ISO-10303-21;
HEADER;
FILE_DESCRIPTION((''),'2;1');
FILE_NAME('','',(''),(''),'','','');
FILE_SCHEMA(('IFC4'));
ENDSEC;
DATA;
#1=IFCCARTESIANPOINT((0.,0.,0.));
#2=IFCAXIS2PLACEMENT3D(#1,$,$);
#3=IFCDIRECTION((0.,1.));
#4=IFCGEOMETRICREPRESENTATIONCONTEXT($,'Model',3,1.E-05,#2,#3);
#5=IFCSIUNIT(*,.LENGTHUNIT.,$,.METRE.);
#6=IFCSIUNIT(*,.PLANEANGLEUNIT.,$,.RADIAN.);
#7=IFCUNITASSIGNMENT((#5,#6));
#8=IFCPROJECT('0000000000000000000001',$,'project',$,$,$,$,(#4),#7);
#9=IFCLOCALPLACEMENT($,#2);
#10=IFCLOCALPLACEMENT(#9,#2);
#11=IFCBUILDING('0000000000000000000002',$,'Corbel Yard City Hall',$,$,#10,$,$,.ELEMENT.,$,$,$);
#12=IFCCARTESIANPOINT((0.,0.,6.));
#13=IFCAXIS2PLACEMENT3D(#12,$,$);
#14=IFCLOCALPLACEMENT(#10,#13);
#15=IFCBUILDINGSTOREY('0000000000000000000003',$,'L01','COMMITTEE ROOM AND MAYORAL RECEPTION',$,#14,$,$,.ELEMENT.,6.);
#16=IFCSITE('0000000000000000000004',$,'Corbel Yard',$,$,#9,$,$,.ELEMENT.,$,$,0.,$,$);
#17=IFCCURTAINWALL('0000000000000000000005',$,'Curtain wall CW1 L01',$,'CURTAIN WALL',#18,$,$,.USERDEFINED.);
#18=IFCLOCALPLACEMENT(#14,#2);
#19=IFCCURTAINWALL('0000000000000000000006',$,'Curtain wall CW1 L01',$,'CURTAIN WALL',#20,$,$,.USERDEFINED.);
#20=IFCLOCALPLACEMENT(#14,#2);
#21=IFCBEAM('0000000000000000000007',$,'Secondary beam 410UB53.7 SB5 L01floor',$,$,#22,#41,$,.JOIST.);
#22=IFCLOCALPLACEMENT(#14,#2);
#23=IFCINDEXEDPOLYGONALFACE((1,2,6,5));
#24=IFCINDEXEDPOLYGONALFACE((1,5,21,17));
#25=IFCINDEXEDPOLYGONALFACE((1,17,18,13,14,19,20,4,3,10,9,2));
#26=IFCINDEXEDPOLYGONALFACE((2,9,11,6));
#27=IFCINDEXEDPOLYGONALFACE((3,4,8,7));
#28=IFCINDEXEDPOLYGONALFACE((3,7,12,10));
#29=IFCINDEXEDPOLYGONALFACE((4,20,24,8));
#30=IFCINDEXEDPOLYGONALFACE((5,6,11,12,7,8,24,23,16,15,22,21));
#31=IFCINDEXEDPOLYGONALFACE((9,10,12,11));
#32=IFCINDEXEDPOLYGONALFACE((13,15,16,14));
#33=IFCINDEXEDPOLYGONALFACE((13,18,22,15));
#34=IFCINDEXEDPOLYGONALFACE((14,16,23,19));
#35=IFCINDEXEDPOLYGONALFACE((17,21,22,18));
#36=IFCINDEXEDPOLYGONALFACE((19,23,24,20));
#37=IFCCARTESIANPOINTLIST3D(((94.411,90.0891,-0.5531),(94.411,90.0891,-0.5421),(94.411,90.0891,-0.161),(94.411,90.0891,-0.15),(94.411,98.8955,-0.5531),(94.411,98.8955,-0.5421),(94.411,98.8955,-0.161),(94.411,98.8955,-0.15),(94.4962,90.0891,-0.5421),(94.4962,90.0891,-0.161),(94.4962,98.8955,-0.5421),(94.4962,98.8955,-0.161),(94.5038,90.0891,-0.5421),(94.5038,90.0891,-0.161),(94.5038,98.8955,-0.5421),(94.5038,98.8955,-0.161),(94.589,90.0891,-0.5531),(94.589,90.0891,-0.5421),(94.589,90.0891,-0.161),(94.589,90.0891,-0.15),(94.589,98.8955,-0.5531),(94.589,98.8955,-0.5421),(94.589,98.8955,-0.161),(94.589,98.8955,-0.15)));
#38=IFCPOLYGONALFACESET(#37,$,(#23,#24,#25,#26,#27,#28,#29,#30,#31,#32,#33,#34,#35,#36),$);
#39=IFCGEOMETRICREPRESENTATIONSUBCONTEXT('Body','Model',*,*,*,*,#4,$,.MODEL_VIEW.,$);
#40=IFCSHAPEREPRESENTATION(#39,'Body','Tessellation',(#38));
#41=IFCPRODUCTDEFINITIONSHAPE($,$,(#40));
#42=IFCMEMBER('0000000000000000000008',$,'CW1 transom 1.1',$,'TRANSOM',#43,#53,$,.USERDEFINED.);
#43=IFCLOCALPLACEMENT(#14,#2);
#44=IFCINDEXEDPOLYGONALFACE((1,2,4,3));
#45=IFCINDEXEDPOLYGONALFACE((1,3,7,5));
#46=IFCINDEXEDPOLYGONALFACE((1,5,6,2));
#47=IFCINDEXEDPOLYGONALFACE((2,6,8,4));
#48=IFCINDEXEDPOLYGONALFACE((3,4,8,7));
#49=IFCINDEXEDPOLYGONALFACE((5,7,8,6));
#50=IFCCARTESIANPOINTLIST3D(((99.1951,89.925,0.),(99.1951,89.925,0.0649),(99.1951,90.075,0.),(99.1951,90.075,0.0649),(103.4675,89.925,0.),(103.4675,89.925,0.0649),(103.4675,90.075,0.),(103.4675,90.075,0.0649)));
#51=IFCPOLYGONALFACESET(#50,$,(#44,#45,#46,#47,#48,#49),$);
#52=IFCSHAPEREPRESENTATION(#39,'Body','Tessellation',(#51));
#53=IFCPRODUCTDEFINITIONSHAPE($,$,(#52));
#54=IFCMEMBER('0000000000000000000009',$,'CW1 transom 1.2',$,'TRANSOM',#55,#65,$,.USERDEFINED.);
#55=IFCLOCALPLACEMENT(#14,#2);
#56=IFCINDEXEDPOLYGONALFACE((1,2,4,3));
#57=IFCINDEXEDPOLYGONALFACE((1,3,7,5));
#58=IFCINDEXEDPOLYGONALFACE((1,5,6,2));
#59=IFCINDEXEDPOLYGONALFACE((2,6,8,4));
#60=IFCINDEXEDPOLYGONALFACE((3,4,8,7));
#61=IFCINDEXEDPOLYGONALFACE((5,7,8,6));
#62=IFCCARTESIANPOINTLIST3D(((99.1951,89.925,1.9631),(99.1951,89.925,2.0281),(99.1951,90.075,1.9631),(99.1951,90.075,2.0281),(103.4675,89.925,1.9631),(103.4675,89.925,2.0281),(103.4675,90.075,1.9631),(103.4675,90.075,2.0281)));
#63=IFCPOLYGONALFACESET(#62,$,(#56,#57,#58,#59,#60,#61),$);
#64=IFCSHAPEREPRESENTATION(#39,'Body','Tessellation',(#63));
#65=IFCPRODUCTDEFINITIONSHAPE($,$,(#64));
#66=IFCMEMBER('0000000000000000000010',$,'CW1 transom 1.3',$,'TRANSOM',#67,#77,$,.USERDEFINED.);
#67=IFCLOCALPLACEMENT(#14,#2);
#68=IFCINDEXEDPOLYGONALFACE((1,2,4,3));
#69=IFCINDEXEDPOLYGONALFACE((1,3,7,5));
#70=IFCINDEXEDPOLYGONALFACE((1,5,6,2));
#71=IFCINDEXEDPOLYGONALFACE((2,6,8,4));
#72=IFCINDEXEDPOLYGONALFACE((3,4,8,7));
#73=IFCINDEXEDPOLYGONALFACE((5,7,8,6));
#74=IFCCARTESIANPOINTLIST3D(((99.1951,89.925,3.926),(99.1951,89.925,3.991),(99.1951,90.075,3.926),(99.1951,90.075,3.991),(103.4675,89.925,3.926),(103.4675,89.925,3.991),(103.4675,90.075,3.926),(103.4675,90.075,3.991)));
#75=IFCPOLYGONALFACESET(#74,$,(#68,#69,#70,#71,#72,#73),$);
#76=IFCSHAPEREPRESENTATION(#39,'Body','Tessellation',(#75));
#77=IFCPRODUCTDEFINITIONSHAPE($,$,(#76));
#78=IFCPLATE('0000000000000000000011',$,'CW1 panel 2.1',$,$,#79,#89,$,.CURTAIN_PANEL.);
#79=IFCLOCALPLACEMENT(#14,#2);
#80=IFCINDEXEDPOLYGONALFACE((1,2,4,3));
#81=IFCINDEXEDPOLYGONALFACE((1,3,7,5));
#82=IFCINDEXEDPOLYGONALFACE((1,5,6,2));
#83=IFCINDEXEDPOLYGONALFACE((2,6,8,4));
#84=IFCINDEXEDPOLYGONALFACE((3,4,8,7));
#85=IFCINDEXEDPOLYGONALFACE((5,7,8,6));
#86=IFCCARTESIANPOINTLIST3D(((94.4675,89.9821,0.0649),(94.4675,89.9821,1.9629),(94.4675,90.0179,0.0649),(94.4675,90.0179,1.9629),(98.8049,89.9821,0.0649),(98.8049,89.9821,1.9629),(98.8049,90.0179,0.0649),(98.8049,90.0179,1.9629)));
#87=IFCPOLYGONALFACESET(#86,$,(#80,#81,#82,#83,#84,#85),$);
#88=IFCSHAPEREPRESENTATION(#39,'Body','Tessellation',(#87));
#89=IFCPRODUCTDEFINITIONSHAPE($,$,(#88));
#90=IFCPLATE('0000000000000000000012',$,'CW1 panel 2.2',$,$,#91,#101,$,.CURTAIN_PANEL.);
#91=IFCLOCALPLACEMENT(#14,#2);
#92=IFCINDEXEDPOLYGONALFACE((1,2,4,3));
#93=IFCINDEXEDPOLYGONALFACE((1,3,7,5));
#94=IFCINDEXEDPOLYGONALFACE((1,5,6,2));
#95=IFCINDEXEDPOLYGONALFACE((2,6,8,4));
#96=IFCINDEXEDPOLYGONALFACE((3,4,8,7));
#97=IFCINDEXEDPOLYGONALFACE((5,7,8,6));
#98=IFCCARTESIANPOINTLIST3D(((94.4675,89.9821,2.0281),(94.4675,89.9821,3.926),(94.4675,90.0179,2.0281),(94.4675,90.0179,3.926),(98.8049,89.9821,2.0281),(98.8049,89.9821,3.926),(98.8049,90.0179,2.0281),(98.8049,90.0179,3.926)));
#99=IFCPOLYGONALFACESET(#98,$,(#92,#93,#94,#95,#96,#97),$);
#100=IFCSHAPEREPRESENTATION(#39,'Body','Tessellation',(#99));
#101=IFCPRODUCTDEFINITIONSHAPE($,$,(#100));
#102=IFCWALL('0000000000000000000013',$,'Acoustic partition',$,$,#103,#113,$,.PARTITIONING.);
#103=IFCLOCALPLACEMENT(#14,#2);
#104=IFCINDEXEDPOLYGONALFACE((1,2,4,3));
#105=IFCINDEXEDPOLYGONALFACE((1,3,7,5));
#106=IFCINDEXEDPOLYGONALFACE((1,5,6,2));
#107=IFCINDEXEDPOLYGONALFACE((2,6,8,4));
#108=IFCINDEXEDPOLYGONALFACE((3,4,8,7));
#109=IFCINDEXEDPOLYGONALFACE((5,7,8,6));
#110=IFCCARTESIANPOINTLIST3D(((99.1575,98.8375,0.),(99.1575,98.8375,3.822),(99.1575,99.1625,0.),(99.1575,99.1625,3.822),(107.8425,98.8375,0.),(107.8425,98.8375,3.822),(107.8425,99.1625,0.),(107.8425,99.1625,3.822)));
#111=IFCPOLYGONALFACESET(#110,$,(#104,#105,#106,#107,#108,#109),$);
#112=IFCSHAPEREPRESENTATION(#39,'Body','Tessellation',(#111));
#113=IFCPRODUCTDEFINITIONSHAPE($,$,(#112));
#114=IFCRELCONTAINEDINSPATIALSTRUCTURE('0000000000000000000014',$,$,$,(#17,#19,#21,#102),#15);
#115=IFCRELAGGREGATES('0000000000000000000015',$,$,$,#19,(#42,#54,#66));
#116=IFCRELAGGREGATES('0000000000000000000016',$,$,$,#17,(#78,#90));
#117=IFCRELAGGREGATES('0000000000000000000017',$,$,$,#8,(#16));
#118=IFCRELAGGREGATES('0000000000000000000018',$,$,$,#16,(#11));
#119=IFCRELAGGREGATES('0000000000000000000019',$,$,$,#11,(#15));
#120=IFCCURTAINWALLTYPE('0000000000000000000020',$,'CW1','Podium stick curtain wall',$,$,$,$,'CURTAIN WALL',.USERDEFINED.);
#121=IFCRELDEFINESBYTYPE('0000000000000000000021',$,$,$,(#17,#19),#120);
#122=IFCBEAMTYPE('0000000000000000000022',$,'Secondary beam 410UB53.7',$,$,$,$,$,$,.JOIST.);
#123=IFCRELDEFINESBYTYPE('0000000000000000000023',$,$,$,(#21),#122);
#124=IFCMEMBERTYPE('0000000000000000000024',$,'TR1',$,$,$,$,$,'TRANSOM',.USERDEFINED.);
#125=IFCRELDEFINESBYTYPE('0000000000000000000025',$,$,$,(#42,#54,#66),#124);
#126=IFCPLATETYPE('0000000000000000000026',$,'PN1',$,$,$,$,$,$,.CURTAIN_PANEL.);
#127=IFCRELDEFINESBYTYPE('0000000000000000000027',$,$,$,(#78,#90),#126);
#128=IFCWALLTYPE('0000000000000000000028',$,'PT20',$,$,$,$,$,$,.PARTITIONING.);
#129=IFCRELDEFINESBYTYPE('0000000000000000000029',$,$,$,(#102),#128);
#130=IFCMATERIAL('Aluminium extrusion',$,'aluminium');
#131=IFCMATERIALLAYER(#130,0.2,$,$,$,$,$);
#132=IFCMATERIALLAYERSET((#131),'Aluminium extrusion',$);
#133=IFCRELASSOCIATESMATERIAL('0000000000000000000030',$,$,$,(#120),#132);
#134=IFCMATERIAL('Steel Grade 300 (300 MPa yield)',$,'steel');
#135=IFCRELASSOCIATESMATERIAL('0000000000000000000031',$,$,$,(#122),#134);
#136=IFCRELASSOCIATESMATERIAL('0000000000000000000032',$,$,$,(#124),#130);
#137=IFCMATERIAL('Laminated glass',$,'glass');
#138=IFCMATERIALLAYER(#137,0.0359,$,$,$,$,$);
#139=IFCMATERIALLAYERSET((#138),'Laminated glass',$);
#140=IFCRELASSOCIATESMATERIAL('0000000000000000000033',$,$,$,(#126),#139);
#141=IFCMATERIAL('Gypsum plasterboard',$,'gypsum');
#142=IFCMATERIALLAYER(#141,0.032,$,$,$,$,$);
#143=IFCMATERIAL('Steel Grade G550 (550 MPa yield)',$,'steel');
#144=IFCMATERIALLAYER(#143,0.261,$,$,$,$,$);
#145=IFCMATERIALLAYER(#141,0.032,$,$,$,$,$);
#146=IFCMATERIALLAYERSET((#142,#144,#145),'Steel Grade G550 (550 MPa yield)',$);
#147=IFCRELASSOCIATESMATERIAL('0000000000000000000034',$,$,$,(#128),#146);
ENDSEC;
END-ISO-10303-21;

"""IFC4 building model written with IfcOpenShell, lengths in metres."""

from ifc_helpers import new_model, si_unit, direction, frame, frame_2d, origin, origin_2d, place, context, subcontext, project, spatial, rectangle, i_section, extrude, material, layer, layer_set, material_profile, profile_set, type_object, element, aggregate, save


model = new_model("IFC4")

# Units and contexts
model_context = context("Model", 3, precision=1e-05, world=origin(), true_north=direction((0.0, 1.0)))
body_context = subcontext(model_context, "Body", "Model", "MODEL_VIEW")
ifc_project = project(units=[si_unit("LENGTHUNIT", "METRE"), si_unit("PLANEANGLEUNIT", "RADIAN")], contexts=[model_context])

# Site, building, storey
site_placement = place(None, origin())
site = spatial("IfcSite", under=ifc_project, at=site_placement, Name="Corbel Yard", CompositionType="ELEMENT", RefElevation=0.0)
building_placement = place(site_placement, origin())
building = spatial("IfcBuilding", under=site, at=building_placement, Name="Corbel Yard City Hall", CompositionType="ELEMENT")
storey_placement = place(building_placement, frame((0.0, 0.0, 6.0)))
storey = spatial("IfcBuildingStorey", under=building, at=storey_placement, Name="L01", Description="COMMITTEE ROOM AND MAYORAL RECEPTION", CompositionType="ELEMENT", Elevation=6.0)

# Shared definitions
ifc_material_1 = material(Name="Steel Grade 300 (300 MPa yield)", Category="steel")

# Curtain walls
ifc_material_2 = material(Name="Aluminium extrusion", Category="aluminium")
ifc_layer_1 = layer(ifc_material_2, 0.2)
ifc_layer_set_1 = layer_set([ifc_layer_1], Name="Aluminium extrusion")
curtain_wall_type = type_object("IfcCurtainWallType", Name="CW1", Description="Podium stick curtain wall", ElementType="CURTAIN WALL", PredefinedType="USERDEFINED", material=ifc_layer_set_1)
curtain_wall_1_placement = place(storey_placement, origin())
curtain_wall_1 = element("IfcCurtainWall", 1, at=curtain_wall_1_placement, inside=storey, type_object=curtain_wall_type, Name="Curtain wall CW1 L01", ObjectType="CURTAIN WALL", PredefinedType="USERDEFINED")
curtain_wall_2_placement = place(storey_placement, origin())
curtain_wall_2 = element("IfcCurtainWall", 2, at=curtain_wall_2_placement, inside=storey, type_object=curtain_wall_type, Name="Curtain wall CW1 L01", ObjectType="CURTAIN WALL", PredefinedType="USERDEFINED")

# Beam
ifc_material_profile_1 = material_profile(ifc_material_1, i_section(OverallWidth=0.178, OverallDepth=0.4031, WebThickness=0.0076, FlangeThickness=0.011, at=origin_2d()), Name="410UB53.7")
ifc_profile_set_1 = profile_set([ifc_material_profile_1], Name="Steel Grade 300 (300 MPa yield)")
beam_type_1 = type_object("IfcBeamType", Name="Secondary beam 410UB53.7", PredefinedType="JOIST", material=ifc_profile_set_1)
beam_1_placement = place(storey_placement, frame((94.5, 90.0891, -0.3516), z_axis=(0.0, 1.0, 0.0), x_axis=(-1.0, 0.0, 0.0)))
element("IfcBeam", 3, at=beam_1_placement, inside=storey, type_object=beam_type_1, Name="Secondary beam 410UB53.7 SB5 L01floor", PredefinedType="JOIST", context=body_context, shape_type="SweptSolid", body=[
    extrude(i_section(OverallWidth=0.178, OverallDepth=0.4031, WebThickness=0.0076, FlangeThickness=0.011, at=origin_2d()), origin(), (0.0, 0.0, 1.0), 8.8064),
])

# Members
ifc_material_profile_2 = material_profile(ifc_material_2, rectangle(XDim=0.1499, YDim=0.0649, at=origin_2d()), Name="150x65")
ifc_profile_set_2 = profile_set([ifc_material_profile_2], Name="Aluminium extrusion")
member_type_1 = type_object("IfcMemberType", Name="TR1", ElementType="TRANSOM", PredefinedType="USERDEFINED", material=ifc_profile_set_2)
member_1_placement = place(storey_placement, frame((99.1951, 90.0, 0.0325), z_axis=(1.0, 0.0, 0.0), x_axis=(0.0, 1.0, 0.0)))
member_1 = element("IfcMember", 4, at=member_1_placement, type_object=member_type_1, Name="CW1 transom 1.1", ObjectType="TRANSOM", PredefinedType="USERDEFINED", context=body_context, shape_type="SweptSolid", body=[
    extrude(rectangle(XDim=0.1499, YDim=0.0649, at=origin_2d()), origin(), (0.0, 0.0, 1.0), 4.2725),
])
member_2_placement = place(storey_placement, frame((99.1951, 90.0, 1.9956), z_axis=(1.0, 0.0, 0.0), x_axis=(0.0, 1.0, 0.0)))
member_2 = element("IfcMember", 5, at=member_2_placement, type_object=member_type_1, Name="CW1 transom 1.2", ObjectType="TRANSOM", PredefinedType="USERDEFINED", context=body_context, shape_type="SweptSolid", body=[
    extrude(rectangle(XDim=0.1499, YDim=0.0649, at=origin_2d()), origin(), (0.0, 0.0, 1.0), 4.2725),
])
member_3_placement = place(storey_placement, frame((99.1951, 90.0, 3.9585), z_axis=(1.0, 0.0, 0.0), x_axis=(0.0, 1.0, 0.0)))
member_3 = element("IfcMember", 6, at=member_3_placement, type_object=member_type_1, Name="CW1 transom 1.3", ObjectType="TRANSOM", PredefinedType="USERDEFINED", context=body_context, shape_type="SweptSolid", body=[
    extrude(rectangle(XDim=0.1499, YDim=0.0649, at=origin_2d()), origin(), (0.0, 0.0, 1.0), 4.2725),
])
aggregate(curtain_wall_2, [member_1, member_2, member_3])

# Plates
ifc_material_3 = material(Name="Laminated glass", Category="glass")
ifc_layer_2 = layer(ifc_material_3, 0.0359)
ifc_layer_set_2 = layer_set([ifc_layer_2], Name="Laminated glass")
plate_type = type_object("IfcPlateType", Name="PN1", PredefinedType="CURTAIN_PANEL", material=ifc_layer_set_2)
plate_1_placement = place(storey_placement, frame((96.6362, 90.0, 0.0649), z_axis=(0.0, 0.0, 1.0), x_axis=(1.0, 0.0, 0.0)))
plate_1 = element("IfcPlate", 7, at=plate_1_placement, type_object=plate_type, Name="CW1 panel 2.1", PredefinedType="CURTAIN_PANEL", context=body_context, shape_type="SweptSolid", body=[
    extrude(rectangle(XDim=4.3374, YDim=0.0359, at=origin_2d()), origin(), (0.0, 0.0, 1.0), 1.8979),
])
plate_2_placement = place(storey_placement, frame((96.6362, 90.0, 2.0281), z_axis=(0.0, 0.0, 1.0), x_axis=(1.0, 0.0, 0.0)))
plate_2 = element("IfcPlate", 8, at=plate_2_placement, type_object=plate_type, Name="CW1 panel 2.2", PredefinedType="CURTAIN_PANEL", context=body_context, shape_type="SweptSolid", body=[
    extrude(rectangle(XDim=4.3374, YDim=0.0359, at=origin_2d()), origin(), (0.0, 0.0, 1.0), 1.8979),
])
aggregate(curtain_wall_1, [plate_1, plate_2])

# Shared definitions
ifc_material_4 = material(Name="Gypsum plasterboard", Category="gypsum")
ifc_layer_3 = layer(ifc_material_4, 0.032)
ifc_material_5 = material(Name="Steel Grade G550 (550 MPa yield)", Category="steel")
ifc_layer_4 = layer(ifc_material_5, 0.261)
ifc_layer_5 = layer(ifc_material_4, 0.032)
ifc_layer_set_3 = layer_set([ifc_layer_3, ifc_layer_4, ifc_layer_5], Name="Steel Grade G550 (550 MPa yield)")
wall_type = type_object("IfcWallType", Name="PT20", PredefinedType="PARTITIONING", material=ifc_layer_set_3)

# Wall
wall_1_placement = place(storey_placement, frame((99.1575, 99.0, 0.0), z_axis=(0.0, 0.0, 1.0), x_axis=(1.0, 0.0, 0.0)))
element("IfcWall", 9, at=wall_1_placement, inside=storey, type_object=wall_type, Name="Acoustic partition", PredefinedType="PARTITIONING", context=body_context, shape_type="SweptSolid", body=[
    extrude(rectangle(XDim=8.6851, YDim=0.325, at=frame_2d((4.3425, 0.0))), origin(), (0.0, 0.0, 1.0), 3.822),
])

save(model, "model.ifc")
